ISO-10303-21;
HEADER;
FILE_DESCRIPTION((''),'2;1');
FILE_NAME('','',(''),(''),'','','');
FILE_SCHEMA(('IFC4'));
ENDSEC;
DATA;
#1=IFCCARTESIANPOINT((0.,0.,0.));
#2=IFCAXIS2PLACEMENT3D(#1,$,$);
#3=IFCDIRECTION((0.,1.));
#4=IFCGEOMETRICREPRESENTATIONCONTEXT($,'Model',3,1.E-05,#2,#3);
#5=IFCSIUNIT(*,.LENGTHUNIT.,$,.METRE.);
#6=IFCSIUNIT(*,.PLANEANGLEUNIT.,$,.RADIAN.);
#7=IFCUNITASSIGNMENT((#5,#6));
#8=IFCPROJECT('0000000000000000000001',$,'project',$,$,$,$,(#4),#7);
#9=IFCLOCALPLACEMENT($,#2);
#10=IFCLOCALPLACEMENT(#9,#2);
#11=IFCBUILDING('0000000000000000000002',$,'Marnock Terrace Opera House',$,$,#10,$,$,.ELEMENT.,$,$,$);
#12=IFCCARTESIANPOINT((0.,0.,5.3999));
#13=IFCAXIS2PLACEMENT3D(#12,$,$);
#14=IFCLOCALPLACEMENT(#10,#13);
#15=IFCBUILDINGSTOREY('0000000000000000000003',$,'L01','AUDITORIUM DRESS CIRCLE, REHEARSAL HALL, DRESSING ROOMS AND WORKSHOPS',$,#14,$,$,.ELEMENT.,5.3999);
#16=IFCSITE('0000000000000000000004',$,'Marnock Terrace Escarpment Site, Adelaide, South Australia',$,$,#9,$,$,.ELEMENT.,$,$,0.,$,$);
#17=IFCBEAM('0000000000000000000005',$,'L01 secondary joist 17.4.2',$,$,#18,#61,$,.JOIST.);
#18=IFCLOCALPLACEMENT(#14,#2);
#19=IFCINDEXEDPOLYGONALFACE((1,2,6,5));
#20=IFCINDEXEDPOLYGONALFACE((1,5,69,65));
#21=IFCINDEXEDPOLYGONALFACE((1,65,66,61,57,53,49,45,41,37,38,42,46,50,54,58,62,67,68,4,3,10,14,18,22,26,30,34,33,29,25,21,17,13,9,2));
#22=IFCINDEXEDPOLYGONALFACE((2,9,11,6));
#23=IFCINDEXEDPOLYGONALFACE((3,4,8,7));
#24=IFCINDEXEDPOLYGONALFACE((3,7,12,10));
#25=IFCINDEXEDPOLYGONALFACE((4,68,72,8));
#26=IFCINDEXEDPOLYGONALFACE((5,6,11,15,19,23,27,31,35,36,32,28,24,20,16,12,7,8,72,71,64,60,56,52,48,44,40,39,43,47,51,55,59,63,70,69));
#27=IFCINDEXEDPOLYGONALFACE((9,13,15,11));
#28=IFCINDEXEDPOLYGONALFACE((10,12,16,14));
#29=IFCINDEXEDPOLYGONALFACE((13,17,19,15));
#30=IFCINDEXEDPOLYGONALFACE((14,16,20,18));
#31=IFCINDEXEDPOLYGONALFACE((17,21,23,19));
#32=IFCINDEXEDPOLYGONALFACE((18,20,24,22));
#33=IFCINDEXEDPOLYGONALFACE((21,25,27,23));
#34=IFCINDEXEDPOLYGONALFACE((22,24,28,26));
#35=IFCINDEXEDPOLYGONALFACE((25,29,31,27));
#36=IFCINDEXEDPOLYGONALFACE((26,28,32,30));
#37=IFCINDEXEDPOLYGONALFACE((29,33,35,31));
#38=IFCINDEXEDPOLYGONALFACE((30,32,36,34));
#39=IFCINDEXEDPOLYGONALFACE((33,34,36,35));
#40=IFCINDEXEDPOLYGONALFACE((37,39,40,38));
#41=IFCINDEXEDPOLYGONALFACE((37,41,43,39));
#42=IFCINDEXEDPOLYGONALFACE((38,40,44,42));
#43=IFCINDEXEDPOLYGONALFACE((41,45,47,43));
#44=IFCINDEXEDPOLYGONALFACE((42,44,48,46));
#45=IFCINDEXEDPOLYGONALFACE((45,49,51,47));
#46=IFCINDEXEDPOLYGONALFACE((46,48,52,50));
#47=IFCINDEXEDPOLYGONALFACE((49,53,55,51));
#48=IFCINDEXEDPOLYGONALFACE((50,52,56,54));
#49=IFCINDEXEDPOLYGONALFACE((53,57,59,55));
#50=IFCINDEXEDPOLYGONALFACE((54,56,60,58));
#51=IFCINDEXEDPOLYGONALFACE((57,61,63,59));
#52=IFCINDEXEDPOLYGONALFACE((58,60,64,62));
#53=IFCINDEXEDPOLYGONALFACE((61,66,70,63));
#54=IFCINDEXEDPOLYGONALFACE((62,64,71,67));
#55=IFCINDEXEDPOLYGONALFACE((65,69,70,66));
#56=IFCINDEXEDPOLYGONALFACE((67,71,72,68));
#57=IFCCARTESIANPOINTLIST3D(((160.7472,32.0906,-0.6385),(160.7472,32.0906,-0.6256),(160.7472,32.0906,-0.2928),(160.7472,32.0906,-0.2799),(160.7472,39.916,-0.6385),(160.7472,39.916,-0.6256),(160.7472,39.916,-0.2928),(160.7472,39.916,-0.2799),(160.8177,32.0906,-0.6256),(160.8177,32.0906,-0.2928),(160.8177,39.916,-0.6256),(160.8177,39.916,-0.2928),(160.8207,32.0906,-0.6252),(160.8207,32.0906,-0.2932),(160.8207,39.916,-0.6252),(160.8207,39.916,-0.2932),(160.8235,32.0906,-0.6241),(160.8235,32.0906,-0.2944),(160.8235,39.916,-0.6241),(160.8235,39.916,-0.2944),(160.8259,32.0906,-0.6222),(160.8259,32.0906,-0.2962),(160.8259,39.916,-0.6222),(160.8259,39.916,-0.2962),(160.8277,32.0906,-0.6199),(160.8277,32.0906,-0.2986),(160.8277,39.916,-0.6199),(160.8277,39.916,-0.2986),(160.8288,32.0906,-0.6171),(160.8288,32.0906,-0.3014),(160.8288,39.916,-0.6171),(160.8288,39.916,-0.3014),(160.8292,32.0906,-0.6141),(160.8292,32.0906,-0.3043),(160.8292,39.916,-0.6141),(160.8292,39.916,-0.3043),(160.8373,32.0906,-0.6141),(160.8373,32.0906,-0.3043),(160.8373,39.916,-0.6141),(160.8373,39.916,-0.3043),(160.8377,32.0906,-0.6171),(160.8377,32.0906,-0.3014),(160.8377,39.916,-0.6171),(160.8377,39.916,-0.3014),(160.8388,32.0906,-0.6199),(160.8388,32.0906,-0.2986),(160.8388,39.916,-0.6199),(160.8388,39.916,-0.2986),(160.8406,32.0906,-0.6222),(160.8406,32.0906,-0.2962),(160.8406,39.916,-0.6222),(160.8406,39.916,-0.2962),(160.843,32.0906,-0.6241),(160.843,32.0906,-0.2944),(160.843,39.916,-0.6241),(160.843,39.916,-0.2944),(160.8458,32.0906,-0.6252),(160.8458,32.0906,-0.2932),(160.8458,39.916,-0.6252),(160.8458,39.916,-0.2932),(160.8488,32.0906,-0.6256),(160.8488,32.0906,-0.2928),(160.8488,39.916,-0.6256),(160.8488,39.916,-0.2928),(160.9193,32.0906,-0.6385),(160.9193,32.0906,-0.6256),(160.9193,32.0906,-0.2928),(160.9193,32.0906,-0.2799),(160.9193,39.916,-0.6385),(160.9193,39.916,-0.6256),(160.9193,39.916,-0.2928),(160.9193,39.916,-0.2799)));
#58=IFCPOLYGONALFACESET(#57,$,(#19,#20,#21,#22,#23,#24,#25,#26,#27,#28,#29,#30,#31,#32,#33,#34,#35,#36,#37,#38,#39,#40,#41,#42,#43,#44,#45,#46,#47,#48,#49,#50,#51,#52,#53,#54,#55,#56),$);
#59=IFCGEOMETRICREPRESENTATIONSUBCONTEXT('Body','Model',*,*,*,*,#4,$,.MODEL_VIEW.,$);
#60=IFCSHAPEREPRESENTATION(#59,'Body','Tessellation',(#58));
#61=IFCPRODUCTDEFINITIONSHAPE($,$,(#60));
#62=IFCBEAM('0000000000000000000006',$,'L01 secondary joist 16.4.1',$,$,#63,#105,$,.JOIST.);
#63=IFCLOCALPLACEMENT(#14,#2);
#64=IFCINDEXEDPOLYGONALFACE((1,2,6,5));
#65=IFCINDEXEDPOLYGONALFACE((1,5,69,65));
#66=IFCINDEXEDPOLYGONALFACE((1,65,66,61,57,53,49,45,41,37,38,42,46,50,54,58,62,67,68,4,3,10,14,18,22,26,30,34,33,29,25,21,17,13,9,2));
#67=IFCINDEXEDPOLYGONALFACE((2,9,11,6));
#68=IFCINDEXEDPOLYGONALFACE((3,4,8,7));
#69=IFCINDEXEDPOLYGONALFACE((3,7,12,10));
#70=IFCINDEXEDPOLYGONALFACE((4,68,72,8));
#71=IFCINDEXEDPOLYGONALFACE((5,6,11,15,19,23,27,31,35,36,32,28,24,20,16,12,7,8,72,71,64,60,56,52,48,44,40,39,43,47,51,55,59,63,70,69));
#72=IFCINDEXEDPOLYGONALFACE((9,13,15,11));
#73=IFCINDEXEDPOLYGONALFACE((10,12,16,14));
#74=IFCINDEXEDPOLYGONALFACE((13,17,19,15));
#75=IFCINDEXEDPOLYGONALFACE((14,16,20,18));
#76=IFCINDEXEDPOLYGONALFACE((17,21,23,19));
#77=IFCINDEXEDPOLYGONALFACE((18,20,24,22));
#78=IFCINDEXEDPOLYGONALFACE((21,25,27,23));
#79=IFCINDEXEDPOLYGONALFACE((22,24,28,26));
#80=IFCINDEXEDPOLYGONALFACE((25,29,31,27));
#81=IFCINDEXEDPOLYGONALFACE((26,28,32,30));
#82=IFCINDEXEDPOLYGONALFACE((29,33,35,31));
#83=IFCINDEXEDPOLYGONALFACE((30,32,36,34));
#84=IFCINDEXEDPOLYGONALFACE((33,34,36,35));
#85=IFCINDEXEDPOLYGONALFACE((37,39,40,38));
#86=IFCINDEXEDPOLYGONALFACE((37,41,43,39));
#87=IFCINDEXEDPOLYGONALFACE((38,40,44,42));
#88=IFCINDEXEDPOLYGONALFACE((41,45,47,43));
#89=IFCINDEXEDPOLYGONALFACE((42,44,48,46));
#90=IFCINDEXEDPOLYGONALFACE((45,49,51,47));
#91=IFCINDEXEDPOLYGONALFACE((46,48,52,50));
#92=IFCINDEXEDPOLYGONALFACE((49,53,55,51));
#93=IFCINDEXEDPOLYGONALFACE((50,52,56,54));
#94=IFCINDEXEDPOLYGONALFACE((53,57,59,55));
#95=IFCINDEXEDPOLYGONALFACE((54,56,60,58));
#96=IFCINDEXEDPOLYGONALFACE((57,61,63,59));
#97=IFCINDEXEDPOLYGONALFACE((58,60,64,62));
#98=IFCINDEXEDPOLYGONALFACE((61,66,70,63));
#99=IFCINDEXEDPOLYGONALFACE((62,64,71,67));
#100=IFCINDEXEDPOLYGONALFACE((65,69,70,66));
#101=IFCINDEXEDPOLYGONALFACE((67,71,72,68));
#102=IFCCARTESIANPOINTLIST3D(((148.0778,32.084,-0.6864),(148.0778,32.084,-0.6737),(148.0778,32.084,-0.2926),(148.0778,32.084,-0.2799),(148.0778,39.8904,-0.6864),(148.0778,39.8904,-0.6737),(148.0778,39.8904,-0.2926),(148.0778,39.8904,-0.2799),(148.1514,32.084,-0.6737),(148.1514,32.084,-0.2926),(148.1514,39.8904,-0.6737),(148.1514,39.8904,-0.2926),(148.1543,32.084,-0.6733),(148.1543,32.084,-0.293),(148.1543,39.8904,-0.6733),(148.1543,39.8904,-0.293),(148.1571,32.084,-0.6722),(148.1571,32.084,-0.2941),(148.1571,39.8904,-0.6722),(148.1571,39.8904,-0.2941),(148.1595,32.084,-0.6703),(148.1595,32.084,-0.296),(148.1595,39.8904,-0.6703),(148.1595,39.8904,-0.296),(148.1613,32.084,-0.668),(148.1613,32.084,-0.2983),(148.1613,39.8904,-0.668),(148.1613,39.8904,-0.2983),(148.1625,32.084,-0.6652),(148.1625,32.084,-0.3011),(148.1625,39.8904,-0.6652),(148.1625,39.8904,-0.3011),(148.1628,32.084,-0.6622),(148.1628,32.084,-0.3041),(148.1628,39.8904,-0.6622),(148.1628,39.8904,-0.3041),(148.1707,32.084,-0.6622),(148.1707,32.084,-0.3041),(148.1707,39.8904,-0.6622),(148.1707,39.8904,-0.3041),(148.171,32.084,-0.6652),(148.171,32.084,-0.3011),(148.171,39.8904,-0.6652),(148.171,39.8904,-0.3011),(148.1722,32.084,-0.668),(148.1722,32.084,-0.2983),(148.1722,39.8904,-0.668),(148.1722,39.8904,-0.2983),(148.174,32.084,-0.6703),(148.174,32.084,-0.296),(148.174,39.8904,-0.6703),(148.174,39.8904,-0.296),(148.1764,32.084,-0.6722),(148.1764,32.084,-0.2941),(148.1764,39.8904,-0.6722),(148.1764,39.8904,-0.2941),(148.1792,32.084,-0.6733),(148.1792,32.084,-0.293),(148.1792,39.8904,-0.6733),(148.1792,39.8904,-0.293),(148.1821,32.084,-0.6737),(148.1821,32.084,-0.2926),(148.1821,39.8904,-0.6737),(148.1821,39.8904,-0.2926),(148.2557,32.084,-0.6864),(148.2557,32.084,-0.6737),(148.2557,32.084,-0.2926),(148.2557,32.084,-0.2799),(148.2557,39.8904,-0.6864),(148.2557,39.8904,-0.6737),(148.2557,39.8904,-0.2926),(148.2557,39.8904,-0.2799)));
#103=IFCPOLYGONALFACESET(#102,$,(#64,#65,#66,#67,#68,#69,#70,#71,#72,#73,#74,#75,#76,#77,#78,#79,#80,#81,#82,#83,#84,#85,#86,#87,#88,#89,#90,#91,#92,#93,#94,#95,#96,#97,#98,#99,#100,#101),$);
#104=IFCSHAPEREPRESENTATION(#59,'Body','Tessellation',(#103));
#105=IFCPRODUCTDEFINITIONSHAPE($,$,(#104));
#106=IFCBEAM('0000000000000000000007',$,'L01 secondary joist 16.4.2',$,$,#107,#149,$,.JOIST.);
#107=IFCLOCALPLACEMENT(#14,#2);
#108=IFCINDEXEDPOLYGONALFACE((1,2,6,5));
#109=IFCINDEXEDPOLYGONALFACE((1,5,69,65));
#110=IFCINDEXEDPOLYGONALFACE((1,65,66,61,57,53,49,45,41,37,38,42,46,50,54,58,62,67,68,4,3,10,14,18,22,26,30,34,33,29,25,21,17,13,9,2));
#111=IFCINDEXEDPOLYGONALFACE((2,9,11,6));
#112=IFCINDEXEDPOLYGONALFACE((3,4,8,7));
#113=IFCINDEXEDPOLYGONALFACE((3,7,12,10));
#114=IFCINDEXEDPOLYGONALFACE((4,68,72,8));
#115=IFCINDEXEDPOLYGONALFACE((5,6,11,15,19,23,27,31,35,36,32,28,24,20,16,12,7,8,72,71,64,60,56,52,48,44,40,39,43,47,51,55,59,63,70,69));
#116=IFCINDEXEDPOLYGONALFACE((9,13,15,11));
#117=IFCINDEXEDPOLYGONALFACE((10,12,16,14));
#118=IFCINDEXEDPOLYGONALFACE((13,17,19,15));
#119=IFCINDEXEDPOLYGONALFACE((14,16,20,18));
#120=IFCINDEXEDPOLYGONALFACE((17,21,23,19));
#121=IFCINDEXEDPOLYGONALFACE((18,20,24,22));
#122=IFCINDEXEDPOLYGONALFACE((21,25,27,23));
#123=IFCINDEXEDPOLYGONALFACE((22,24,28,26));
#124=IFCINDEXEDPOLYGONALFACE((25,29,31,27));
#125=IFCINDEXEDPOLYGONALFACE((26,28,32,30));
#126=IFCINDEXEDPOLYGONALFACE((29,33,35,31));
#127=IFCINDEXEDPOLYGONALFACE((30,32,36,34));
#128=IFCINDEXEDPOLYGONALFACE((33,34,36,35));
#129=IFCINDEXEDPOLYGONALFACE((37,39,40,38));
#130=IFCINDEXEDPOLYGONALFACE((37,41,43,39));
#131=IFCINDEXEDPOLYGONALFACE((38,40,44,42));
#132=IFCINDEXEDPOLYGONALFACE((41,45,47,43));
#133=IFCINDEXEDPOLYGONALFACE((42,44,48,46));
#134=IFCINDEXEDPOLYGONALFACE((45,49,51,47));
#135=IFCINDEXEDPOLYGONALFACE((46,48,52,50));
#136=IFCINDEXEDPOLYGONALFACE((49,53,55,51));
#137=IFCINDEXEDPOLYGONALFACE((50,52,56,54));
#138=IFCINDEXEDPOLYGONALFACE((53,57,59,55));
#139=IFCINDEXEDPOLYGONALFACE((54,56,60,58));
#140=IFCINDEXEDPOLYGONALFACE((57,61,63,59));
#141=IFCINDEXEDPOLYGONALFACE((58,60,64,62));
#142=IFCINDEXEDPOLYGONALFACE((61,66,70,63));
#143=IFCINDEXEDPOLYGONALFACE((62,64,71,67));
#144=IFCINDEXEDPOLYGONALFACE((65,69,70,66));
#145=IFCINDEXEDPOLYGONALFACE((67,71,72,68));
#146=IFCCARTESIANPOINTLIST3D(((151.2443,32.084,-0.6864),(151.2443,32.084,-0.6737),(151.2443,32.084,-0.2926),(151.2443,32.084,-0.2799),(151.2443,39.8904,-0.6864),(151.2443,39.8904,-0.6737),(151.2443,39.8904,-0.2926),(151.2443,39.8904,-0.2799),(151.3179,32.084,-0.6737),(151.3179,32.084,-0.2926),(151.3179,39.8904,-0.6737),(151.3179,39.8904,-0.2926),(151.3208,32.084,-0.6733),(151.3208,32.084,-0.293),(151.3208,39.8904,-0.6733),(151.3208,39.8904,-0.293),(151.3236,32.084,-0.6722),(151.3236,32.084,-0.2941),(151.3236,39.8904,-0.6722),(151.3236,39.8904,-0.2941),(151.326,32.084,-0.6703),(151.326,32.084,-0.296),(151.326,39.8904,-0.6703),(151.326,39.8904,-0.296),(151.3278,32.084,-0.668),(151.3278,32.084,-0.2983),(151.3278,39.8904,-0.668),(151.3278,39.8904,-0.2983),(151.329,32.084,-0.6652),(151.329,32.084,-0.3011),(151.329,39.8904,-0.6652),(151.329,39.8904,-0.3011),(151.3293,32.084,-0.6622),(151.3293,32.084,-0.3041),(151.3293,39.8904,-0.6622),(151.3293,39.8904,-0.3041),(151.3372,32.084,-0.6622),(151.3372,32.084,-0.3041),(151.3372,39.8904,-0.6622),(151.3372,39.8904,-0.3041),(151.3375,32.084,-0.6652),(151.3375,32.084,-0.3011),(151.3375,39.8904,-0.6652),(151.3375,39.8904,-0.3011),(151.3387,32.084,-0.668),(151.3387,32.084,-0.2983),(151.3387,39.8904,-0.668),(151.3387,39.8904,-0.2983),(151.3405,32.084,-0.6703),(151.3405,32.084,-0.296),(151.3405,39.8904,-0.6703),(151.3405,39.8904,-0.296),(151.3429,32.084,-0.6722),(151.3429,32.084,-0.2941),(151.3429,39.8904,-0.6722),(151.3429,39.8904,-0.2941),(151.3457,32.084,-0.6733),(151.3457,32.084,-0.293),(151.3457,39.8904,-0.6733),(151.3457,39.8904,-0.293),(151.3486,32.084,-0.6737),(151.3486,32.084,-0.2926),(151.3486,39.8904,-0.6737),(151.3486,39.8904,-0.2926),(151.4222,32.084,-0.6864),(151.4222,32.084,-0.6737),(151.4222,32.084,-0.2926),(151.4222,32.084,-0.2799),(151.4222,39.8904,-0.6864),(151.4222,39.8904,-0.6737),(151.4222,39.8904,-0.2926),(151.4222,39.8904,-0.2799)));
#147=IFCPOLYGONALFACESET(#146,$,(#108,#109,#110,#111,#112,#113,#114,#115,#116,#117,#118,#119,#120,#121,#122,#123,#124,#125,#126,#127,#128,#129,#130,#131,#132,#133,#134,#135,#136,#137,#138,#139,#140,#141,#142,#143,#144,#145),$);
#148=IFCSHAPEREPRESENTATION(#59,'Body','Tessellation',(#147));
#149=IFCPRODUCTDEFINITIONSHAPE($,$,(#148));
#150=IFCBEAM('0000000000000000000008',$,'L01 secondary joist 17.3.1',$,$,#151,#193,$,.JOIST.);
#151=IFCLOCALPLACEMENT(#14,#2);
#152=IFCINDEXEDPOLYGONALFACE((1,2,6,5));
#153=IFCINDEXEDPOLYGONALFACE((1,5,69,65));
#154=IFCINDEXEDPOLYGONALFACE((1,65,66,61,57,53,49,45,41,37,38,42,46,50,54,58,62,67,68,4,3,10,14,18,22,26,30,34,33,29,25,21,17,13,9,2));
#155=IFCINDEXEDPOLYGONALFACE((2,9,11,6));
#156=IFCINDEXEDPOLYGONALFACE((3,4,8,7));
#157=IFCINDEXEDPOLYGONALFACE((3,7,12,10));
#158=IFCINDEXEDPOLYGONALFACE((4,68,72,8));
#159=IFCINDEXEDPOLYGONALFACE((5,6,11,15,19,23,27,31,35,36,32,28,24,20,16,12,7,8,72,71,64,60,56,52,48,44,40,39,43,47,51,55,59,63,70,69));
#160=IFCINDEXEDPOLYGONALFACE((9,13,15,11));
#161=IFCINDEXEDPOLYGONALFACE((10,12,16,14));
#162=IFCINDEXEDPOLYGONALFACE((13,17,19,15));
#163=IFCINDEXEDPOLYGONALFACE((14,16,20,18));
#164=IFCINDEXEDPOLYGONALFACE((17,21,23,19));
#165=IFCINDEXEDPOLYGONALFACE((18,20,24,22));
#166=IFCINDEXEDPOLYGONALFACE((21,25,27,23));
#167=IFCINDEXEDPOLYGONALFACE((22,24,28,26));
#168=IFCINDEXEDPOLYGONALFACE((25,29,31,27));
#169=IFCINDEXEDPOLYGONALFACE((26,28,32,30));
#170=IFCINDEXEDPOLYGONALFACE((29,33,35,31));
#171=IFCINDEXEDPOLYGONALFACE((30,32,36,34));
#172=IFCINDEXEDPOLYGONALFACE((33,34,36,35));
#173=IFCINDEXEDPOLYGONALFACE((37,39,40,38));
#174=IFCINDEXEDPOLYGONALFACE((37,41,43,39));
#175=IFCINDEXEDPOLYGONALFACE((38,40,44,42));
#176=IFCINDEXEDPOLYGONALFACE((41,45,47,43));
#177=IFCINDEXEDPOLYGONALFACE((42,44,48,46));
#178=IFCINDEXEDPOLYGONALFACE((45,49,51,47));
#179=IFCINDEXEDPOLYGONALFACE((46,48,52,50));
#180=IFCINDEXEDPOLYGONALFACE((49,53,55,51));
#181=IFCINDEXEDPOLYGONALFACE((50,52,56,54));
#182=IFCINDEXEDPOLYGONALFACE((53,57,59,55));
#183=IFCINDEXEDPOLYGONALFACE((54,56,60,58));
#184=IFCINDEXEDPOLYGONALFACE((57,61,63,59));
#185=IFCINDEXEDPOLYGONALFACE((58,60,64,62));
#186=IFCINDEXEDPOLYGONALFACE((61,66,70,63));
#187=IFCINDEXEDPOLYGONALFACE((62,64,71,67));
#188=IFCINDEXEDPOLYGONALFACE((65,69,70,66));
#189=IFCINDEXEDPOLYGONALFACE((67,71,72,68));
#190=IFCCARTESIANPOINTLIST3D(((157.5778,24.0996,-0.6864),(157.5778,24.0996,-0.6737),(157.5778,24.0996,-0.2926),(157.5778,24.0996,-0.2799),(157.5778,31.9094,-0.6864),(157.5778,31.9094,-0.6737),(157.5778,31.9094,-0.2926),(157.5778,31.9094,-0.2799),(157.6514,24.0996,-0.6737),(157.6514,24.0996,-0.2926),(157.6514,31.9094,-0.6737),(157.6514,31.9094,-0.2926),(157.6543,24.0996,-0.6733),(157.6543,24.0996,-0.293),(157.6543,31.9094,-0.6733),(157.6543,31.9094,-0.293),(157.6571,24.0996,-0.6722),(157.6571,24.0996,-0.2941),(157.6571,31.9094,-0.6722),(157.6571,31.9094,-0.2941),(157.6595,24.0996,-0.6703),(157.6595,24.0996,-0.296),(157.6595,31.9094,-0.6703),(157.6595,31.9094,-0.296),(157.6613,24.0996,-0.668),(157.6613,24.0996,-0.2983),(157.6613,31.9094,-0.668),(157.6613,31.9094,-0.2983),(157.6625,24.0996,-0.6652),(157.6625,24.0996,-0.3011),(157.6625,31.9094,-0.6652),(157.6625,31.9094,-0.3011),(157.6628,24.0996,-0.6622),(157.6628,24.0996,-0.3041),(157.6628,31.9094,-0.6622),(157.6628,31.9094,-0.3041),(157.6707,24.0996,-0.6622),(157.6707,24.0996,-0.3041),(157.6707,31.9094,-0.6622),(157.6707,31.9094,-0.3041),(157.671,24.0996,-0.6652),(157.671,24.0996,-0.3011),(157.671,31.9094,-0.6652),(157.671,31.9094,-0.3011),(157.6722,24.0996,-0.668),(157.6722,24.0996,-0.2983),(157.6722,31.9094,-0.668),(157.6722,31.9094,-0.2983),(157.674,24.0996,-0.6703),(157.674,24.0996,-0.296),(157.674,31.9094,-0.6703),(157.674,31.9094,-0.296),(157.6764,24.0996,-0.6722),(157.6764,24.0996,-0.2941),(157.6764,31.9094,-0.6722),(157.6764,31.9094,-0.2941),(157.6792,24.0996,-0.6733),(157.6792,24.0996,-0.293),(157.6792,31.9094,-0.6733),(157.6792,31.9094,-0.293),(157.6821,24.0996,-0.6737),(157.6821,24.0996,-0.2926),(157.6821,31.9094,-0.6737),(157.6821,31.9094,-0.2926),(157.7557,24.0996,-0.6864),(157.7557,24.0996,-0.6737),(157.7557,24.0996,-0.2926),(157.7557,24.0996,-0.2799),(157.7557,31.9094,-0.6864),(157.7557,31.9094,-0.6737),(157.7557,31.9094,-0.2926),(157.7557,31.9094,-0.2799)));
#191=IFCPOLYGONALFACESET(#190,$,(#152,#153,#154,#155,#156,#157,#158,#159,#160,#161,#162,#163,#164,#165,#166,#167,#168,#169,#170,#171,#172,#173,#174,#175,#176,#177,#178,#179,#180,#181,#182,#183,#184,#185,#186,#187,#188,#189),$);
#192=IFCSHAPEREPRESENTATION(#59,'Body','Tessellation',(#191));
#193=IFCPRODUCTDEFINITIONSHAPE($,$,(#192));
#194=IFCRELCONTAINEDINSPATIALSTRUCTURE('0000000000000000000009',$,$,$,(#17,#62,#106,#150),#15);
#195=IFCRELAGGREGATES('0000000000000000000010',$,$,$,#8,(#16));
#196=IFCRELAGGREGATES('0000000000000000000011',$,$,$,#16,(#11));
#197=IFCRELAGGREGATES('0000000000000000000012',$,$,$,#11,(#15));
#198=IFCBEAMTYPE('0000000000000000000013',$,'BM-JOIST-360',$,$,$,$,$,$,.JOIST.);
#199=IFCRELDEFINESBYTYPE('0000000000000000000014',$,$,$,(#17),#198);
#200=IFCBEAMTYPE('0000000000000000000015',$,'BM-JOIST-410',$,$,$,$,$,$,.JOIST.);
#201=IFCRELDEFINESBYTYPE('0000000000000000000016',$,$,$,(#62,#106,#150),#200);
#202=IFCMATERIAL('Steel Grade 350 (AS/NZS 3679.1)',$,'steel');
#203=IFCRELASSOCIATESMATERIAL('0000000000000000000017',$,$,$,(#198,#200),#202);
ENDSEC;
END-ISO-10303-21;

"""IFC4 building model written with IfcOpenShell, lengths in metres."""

from ifc_helpers import new_model, si_unit, direction, frame, origin, origin_2d, place, context, subcontext, project, spatial, i_section, extrude, material, material_profile, profile_set, type_object, element, save


model = new_model("IFC4")

# Units and contexts
model_context = context("Model", 3, precision=1e-05, world=origin(), true_north=direction((0.0, 1.0)))
body_context = subcontext(model_context, "Body", "Model", "MODEL_VIEW")
ifc_project = project(units=[si_unit("LENGTHUNIT", "METRE"), si_unit("PLANEANGLEUNIT", "RADIAN")], contexts=[model_context])

# Site, building, storey
site_placement = place(None, origin())
site = spatial("IfcSite", under=ifc_project, at=site_placement, Name="Marnock Terrace Escarpment Site, Adelaide, South Australia", CompositionType="ELEMENT", RefElevation=0.0)
building_placement = place(site_placement, origin())
building = spatial("IfcBuilding", under=site, at=building_placement, Name="Marnock Terrace Opera House", CompositionType="ELEMENT")
storey_placement = place(building_placement, frame((0.0, 0.0, 5.3999)))
storey = spatial("IfcBuildingStorey", under=building, at=storey_placement, Name="L01", Description="AUDITORIUM DRESS CIRCLE, REHEARSAL HALL, DRESSING ROOMS AND WORKSHOPS", CompositionType="ELEMENT", Elevation=5.3999)

# Shared definitions
ifc_material_1 = material(Name="Steel Grade 350 (AS/NZS 3679.1)", Category="steel")

# Beams
ifc_material_profile_1 = material_profile(ifc_material_1, i_section(OverallWidth=0.1721, OverallDepth=0.3586, WebThickness=0.0081, FlangeThickness=0.0129, FilletRadius=0.0115, at=origin_2d()))
ifc_profile_set_1 = profile_set([ifc_material_profile_1], Name="Steel Grade 350 (AS/NZS 3679.1)")
beam_type_1 = type_object("IfcBeamType", Name="BM-JOIST-360", PredefinedType="JOIST", material=ifc_profile_set_1)
for number, where, z_axis, x_axis, name in (
    (1, (160.8333, 32.0906, -0.4592), (0.0, 1.0, 0.0), (-1.0, 0.0, 0.0), "L01 secondary joist 17.4.2"),
):
    element("IfcBeam", number, at=place(storey_placement, frame(where, z_axis=z_axis, x_axis=x_axis)), inside=storey, type_object=beam_type_1, Name=name, PredefinedType="JOIST", context=body_context, shape_type="SweptSolid", body=[
        extrude(i_section(OverallWidth=0.1721, OverallDepth=0.3586, WebThickness=0.0081, FlangeThickness=0.0129, FilletRadius=0.0115, at=origin_2d()), origin(), (0.0, 0.0, 1.0), 7.8254),
    ])
ifc_material_profile_2 = material_profile(ifc_material_1, i_section(OverallWidth=0.178, OverallDepth=0.4065, WebThickness=0.0078, FlangeThickness=0.0127, FilletRadius=0.0115, at=origin_2d()))
ifc_profile_set_2 = profile_set([ifc_material_profile_2], Name="Steel Grade 350 (AS/NZS 3679.1)")
beam_type_2 = type_object("IfcBeamType", Name="BM-JOIST-410", PredefinedType="JOIST", material=ifc_profile_set_2)
for number, where, z_axis, x_axis, name in (
    (2, (148.1667, 32.084, -0.4832), (0.0, 1.0, 0.0), (-1.0, 0.0, 0.0), "L01 secondary joist 16.4.1"),
    (3, (151.3333, 32.084, -0.4832), (0.0, 1.0, 0.0), (-1.0, 0.0, 0.0), "L01 secondary joist 16.4.2"),
):
    element("IfcBeam", number, at=place(storey_placement, frame(where, z_axis=z_axis, x_axis=x_axis)), inside=storey, type_object=beam_type_2, Name=name, PredefinedType="JOIST", context=body_context, shape_type="SweptSolid", body=[
        extrude(i_section(OverallWidth=0.178, OverallDepth=0.4065, WebThickness=0.0078, FlangeThickness=0.0127, FilletRadius=0.0115, at=origin_2d()), origin(), (0.0, 0.0, 1.0), 7.8064),
    ])
for number, where, z_axis, x_axis, name in (
    (4, (157.6667, 24.0996, -0.4832), (0.0, 1.0, 0.0), (-1.0, 0.0, 0.0), "L01 secondary joist 17.3.1"),
):
    element("IfcBeam", number, at=place(storey_placement, frame(where, z_axis=z_axis, x_axis=x_axis)), inside=storey, type_object=beam_type_2, Name=name, PredefinedType="JOIST", context=body_context, shape_type="SweptSolid", body=[
        extrude(i_section(OverallWidth=0.178, OverallDepth=0.4065, WebThickness=0.0078, FlangeThickness=0.0127, FilletRadius=0.0115, at=origin_2d()), origin(), (0.0, 0.0, 1.0), 7.8098),
    ])

save(model, "model.ifc")
